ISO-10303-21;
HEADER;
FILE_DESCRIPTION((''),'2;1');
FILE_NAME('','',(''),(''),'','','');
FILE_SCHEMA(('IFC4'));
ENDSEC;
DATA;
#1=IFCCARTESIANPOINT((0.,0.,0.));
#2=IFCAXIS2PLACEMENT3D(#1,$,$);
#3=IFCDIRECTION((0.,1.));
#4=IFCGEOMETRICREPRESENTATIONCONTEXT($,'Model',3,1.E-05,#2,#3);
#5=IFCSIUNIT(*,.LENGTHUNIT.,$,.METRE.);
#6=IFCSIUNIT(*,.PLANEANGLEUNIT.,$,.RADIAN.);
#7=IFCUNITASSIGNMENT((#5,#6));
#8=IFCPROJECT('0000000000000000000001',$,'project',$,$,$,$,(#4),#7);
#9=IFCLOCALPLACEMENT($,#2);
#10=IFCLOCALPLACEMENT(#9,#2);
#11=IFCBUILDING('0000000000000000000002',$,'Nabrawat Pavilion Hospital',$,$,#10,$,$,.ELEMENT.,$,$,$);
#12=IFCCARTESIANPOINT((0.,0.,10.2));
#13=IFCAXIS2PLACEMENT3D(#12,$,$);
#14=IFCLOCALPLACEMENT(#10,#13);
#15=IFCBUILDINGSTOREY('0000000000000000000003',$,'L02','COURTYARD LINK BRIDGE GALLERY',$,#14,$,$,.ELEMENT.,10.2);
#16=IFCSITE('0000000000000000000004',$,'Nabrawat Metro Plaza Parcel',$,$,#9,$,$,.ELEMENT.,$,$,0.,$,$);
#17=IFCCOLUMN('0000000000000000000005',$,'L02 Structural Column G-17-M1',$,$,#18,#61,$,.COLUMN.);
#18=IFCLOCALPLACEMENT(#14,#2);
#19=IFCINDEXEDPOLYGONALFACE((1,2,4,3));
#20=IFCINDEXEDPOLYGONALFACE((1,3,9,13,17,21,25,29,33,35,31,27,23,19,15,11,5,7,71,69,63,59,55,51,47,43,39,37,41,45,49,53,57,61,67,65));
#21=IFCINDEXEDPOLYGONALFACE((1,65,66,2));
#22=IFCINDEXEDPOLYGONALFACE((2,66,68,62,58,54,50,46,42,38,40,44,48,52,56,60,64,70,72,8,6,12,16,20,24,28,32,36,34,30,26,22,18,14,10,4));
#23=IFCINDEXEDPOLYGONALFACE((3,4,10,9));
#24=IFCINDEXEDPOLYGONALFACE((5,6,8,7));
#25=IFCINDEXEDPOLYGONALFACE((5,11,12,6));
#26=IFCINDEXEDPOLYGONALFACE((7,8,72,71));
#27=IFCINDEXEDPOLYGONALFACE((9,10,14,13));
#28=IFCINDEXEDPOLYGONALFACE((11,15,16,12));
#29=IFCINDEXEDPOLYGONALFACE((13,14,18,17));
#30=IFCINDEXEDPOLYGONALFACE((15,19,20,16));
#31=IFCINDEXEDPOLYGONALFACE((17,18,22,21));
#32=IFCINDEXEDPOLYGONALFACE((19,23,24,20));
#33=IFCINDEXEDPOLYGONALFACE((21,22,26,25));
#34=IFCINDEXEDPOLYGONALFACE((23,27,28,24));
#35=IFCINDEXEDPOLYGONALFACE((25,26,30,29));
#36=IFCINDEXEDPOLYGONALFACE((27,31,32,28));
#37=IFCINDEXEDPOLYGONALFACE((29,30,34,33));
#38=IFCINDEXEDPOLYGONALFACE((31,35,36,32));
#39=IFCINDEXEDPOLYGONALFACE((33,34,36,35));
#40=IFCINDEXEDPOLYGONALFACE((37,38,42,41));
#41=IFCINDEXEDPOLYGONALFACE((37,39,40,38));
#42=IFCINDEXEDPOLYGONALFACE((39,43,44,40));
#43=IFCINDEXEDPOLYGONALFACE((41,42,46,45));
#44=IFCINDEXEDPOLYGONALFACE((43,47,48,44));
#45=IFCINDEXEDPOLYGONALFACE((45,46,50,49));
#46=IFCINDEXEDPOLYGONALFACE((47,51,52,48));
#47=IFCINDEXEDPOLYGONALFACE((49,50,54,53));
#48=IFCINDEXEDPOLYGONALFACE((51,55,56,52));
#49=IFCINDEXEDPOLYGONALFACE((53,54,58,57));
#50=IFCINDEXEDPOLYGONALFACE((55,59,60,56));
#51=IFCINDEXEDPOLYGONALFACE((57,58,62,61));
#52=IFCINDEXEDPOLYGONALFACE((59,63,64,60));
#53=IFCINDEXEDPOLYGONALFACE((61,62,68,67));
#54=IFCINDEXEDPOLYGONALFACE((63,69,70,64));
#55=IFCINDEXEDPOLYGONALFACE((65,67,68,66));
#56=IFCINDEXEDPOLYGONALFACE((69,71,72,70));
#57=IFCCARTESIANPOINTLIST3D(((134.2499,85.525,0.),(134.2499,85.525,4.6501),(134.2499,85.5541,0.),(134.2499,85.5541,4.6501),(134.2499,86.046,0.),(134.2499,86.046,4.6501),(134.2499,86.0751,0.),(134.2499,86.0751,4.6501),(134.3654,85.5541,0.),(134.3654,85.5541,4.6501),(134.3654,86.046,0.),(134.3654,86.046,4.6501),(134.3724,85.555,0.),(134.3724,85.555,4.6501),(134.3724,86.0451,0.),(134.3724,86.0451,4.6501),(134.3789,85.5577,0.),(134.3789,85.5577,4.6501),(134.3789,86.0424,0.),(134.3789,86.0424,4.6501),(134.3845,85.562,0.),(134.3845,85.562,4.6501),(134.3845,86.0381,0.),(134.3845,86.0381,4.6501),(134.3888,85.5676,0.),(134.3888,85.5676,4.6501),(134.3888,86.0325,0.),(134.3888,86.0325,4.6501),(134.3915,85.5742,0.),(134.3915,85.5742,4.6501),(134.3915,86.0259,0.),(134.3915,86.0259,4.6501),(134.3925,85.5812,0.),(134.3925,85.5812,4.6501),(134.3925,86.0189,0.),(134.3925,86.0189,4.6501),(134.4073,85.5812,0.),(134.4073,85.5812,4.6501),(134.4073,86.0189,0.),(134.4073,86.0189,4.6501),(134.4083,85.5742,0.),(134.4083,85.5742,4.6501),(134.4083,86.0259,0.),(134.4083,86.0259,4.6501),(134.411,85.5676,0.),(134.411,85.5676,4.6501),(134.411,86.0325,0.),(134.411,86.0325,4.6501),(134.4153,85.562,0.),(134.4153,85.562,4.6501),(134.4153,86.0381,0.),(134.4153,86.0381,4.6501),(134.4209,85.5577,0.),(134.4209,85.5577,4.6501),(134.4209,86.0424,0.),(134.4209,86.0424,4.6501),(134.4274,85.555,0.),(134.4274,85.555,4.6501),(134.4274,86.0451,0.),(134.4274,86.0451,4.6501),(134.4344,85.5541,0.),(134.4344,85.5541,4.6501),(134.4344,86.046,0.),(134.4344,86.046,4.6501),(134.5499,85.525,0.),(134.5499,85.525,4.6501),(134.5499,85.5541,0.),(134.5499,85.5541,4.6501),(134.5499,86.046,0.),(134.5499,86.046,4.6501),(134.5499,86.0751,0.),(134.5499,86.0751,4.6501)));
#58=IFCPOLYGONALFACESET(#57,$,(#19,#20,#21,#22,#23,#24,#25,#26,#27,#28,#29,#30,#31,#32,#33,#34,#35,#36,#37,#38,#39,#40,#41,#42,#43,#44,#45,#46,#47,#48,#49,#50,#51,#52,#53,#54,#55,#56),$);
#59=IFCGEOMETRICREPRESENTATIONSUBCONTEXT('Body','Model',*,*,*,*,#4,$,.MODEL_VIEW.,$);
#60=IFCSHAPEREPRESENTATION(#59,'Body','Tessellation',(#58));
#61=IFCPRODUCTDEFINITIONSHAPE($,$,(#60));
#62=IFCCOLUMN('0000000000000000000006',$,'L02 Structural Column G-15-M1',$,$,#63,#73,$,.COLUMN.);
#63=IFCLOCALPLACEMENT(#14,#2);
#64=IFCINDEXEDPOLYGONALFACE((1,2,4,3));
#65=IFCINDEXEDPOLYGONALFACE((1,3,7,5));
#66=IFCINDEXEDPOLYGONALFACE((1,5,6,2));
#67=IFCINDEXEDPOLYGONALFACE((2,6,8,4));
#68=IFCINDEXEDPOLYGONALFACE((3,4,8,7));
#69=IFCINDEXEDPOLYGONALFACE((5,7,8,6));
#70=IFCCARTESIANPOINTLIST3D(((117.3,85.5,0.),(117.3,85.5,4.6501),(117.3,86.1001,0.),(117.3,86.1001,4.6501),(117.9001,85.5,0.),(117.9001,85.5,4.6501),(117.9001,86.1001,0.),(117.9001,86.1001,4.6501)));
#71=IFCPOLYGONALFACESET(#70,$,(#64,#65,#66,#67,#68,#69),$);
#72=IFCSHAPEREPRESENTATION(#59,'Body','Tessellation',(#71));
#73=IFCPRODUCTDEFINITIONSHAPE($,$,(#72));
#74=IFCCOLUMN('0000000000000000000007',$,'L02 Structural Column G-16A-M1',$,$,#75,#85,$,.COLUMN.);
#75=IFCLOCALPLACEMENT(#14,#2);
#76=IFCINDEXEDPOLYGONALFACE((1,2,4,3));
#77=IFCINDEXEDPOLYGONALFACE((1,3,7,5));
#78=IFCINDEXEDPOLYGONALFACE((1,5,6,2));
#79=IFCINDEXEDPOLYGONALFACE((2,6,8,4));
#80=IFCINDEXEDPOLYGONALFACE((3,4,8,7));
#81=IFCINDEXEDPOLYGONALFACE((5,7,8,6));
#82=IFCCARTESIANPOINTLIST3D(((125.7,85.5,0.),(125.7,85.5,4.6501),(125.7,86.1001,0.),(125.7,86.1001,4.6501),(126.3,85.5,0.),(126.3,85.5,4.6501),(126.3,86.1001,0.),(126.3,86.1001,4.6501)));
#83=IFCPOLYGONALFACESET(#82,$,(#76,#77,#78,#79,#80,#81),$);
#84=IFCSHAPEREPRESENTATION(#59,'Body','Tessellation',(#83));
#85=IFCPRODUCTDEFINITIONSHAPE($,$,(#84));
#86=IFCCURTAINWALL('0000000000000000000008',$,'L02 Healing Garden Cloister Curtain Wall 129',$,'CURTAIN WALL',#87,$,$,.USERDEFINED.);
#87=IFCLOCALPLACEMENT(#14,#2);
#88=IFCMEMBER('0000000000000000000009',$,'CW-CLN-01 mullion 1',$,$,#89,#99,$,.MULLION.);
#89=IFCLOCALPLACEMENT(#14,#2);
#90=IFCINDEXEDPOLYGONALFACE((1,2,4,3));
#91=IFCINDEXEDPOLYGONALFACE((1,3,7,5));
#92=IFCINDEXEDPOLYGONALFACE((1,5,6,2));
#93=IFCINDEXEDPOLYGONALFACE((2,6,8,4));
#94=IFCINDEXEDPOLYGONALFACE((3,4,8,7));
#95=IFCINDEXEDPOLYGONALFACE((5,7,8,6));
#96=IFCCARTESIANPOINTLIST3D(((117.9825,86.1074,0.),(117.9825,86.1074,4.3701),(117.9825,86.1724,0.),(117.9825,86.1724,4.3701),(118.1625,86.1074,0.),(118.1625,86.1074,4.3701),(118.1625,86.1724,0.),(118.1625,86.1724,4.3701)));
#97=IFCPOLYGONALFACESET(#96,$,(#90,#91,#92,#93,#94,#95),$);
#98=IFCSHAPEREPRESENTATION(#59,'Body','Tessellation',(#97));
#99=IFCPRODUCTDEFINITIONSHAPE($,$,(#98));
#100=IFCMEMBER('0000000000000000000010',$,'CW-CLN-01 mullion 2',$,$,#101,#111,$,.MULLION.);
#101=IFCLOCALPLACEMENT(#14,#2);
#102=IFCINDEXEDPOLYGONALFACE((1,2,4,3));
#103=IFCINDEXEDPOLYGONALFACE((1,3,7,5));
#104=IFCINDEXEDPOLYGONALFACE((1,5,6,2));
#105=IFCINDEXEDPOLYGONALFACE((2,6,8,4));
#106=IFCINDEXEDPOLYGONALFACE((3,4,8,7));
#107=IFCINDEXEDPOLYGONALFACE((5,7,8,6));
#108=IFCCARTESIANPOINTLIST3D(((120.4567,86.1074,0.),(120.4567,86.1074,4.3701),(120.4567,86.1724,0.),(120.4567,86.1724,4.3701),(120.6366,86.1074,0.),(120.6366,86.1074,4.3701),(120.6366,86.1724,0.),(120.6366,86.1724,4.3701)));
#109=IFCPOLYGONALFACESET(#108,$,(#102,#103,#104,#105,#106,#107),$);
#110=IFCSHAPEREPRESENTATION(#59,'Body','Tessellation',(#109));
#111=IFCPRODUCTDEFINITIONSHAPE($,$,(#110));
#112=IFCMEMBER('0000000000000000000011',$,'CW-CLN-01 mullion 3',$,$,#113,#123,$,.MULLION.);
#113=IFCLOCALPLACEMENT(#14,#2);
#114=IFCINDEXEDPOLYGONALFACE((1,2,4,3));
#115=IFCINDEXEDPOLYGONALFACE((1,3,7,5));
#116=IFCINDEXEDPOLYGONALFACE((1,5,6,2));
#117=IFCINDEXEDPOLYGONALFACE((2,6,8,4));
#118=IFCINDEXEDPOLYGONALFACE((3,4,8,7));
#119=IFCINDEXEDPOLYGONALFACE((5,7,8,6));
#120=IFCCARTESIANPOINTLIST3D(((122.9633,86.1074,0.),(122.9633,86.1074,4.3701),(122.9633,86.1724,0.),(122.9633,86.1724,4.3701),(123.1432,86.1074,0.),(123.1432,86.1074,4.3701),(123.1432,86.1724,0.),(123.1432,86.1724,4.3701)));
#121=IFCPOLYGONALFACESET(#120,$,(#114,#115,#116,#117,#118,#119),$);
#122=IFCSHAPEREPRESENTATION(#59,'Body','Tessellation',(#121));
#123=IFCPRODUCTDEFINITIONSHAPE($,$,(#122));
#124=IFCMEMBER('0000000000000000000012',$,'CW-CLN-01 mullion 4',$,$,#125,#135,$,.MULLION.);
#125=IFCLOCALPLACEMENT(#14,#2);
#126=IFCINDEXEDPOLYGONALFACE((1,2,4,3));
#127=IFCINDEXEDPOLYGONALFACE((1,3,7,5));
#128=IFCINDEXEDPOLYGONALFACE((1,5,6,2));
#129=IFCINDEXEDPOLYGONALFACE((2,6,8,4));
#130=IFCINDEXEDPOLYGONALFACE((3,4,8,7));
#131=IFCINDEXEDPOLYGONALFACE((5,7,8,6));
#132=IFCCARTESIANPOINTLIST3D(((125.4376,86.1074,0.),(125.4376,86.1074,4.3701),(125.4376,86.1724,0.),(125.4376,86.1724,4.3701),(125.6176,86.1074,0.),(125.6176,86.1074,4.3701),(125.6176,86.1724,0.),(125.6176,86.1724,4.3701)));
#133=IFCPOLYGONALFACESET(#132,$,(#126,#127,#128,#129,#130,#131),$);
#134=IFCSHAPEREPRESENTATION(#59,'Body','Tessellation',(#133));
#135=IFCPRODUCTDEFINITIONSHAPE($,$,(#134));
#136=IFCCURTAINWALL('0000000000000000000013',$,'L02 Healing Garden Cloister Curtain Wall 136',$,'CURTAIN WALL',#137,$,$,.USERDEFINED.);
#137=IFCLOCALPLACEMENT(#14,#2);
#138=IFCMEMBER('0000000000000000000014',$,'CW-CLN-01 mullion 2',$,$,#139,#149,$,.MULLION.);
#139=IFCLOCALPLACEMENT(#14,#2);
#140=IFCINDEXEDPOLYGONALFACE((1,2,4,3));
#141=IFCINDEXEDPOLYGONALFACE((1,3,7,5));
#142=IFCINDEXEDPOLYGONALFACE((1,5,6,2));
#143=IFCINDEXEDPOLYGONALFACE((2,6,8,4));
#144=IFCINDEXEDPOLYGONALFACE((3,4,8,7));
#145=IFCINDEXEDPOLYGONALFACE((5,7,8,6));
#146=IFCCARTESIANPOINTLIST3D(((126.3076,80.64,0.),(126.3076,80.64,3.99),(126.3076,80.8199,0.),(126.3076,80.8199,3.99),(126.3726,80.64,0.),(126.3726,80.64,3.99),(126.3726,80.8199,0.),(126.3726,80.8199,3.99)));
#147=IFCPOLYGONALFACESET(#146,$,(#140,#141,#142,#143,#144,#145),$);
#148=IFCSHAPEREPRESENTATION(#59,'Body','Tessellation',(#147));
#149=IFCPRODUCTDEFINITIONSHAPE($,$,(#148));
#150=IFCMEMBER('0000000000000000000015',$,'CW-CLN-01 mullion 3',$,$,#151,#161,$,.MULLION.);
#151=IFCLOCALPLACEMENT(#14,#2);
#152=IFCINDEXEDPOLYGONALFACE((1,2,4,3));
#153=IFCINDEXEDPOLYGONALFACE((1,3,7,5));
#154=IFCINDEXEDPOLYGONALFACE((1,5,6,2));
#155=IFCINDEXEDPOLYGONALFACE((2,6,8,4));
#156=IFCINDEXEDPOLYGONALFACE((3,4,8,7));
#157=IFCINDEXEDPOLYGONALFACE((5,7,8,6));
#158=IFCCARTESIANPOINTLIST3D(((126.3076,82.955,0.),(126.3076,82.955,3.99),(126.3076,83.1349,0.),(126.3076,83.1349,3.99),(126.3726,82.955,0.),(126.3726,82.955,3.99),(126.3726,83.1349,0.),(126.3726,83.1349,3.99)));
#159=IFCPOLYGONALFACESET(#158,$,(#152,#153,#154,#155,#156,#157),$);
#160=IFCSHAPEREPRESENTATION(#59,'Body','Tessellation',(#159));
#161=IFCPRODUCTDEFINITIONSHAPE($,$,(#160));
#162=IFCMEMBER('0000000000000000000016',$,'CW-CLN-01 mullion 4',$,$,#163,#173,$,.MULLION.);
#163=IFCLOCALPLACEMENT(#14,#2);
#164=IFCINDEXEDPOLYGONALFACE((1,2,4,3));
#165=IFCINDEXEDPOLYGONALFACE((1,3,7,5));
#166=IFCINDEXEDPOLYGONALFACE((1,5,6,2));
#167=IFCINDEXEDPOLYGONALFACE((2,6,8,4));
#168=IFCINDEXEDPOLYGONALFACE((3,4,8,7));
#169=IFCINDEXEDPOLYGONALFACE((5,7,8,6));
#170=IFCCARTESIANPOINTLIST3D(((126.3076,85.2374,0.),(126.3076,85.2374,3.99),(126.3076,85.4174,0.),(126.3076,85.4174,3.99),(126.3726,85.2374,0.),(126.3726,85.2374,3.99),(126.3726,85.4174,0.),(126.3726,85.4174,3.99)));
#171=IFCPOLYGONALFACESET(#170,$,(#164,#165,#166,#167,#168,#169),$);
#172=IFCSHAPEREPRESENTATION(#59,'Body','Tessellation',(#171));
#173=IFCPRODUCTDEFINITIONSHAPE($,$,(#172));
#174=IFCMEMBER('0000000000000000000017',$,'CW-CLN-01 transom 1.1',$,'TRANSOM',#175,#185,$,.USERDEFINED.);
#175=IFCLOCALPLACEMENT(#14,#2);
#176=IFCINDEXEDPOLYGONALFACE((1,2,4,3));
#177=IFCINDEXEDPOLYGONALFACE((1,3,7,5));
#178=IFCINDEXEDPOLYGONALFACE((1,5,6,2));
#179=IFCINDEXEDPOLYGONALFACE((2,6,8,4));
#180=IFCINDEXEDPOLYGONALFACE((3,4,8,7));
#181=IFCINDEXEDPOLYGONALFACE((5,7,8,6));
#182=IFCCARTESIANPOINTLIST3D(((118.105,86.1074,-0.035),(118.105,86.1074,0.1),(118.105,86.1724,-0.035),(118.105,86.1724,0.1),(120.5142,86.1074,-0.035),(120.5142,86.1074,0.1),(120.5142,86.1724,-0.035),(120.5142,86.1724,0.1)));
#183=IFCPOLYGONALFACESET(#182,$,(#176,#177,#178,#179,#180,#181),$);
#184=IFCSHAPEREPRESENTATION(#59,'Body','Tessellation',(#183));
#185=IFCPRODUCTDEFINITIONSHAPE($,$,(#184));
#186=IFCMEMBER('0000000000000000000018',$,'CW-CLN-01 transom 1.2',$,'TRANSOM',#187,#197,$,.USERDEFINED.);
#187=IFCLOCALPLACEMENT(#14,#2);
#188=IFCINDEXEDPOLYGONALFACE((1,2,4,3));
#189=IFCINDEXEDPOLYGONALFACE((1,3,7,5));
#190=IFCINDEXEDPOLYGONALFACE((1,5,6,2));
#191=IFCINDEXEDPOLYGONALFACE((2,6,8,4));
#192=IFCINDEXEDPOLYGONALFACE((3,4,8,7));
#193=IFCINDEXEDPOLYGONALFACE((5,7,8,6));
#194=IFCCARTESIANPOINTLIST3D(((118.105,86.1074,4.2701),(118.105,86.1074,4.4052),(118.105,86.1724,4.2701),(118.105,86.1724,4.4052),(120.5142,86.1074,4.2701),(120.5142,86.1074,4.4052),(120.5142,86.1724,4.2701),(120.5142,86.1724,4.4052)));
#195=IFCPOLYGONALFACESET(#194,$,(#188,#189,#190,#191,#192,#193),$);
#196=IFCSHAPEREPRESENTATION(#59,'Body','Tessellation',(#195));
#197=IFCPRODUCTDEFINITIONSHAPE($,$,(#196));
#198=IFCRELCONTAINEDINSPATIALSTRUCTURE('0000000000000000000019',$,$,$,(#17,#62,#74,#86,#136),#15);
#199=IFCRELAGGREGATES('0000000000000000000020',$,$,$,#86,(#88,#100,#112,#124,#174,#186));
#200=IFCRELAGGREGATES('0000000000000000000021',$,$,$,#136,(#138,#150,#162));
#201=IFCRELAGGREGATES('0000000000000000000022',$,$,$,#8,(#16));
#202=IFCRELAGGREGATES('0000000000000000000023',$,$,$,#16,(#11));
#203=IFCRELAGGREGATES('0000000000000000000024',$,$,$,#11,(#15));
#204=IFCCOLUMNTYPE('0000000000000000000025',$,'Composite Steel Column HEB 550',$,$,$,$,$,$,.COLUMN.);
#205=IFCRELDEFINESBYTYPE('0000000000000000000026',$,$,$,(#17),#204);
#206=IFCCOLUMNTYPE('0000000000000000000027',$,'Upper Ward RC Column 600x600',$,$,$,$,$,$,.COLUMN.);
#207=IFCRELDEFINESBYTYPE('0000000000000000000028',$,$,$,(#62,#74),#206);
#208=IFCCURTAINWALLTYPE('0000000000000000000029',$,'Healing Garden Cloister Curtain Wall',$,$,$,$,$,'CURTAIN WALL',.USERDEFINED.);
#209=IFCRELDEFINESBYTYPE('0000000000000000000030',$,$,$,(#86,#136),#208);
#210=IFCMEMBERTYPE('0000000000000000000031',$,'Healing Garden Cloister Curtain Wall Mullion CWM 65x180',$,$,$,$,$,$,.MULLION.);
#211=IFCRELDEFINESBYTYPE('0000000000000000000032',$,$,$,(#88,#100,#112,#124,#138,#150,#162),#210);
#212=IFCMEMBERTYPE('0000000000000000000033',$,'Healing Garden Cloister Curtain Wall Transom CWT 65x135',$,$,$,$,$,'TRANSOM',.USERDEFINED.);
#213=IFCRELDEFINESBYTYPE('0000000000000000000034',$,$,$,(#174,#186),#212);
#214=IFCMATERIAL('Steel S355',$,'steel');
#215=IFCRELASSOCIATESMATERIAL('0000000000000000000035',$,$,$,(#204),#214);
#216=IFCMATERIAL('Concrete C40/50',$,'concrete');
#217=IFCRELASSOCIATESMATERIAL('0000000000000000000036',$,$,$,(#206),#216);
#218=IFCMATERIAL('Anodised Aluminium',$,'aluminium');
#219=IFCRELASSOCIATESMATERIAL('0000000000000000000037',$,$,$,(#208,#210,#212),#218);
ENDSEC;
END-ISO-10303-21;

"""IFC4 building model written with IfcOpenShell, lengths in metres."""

from ifc_helpers import new_model, si_unit, direction, frame, origin, origin_2d, place, context, subcontext, project, spatial, rectangle, i_section, extrude, material, material_profile, profile_set, type_object, element, aggregate, save


model = new_model("IFC4")

# Units and contexts
model_context = context("Model", 3, precision=1e-05, world=origin(), true_north=direction((0.0, 1.0)))
body_context = subcontext(model_context, "Body", "Model", "MODEL_VIEW")
ifc_project = project(units=[si_unit("LENGTHUNIT", "METRE"), si_unit("PLANEANGLEUNIT", "RADIAN")], contexts=[model_context])

# Site, building, storey
site_placement = place(None, origin())
site = spatial("IfcSite", under=ifc_project, at=site_placement, Name="Nabrawat Metro Plaza Parcel", CompositionType="ELEMENT", RefElevation=0.0)
building_placement = place(site_placement, origin())
building = spatial("IfcBuilding", under=site, at=building_placement, Name="Nabrawat Pavilion Hospital", CompositionType="ELEMENT")
storey_placement = place(building_placement, frame((0.0, 0.0, 10.2)))
storey = spatial("IfcBuildingStorey", under=building, at=storey_placement, Name="L02", Description="COURTYARD LINK BRIDGE GALLERY", CompositionType="ELEMENT", Elevation=10.2)

# Columns
ifc_material_1 = material(Name="Steel S355", Category="steel")
ifc_material_profile_1 = material_profile(ifc_material_1, i_section(OverallWidth=0.3, OverallDepth=0.55, WebThickness=0.0149, FlangeThickness=0.0291, FilletRadius=0.0271, at=origin_2d()), Name="HEB 550")
ifc_profile_set_1 = profile_set([ifc_material_profile_1], Name="Steel S355")
column_type_1 = type_object("IfcColumnType", Name="Composite Steel Column HEB 550", PredefinedType="COLUMN", material=ifc_profile_set_1)
column_placement = place(storey_placement, frame((134.3999, 85.8, 0.0), z_axis=(0.0, 0.0, 1.0), x_axis=(1.0, 0.0, 0.0)))
element("IfcColumn", 1, at=column_placement, inside=storey, type_object=column_type_1, Name="L02 Structural Column G-17-M1", PredefinedType="COLUMN", context=body_context, shape_type="SweptSolid", body=[
    extrude(i_section(OverallWidth=0.3, OverallDepth=0.55, WebThickness=0.0149, FlangeThickness=0.0291, FilletRadius=0.0271, at=origin_2d()), origin(), (0.0, 0.0, 1.0), 4.6501),
])
ifc_material_2 = material(Name="Concrete C40/50", Category="concrete")
ifc_material_profile_2 = material_profile(ifc_material_2, rectangle(XDim=0.6001, YDim=0.6001, at=origin_2d()), Name="RC 600x600")
ifc_profile_set_2 = profile_set([ifc_material_profile_2], Name="Concrete C40/50")
column_type_2 = type_object("IfcColumnType", Name="Upper Ward RC Column 600x600", PredefinedType="COLUMN", material=ifc_profile_set_2)
for number, where, z_axis, x_axis, name in (
    (2, (117.6001, 85.8, 0.0), (0.0, 0.0, 1.0), (1.0, 0.0, 0.0), "L02 Structural Column G-15-M1"),
    (3, (126.0, 85.8, 0.0), (0.0, 0.0, 1.0), (1.0, 0.0, 0.0), "L02 Structural Column G-16A-M1"),
):
    element("IfcColumn", number, at=place(storey_placement, frame(where, z_axis=z_axis, x_axis=x_axis)), inside=storey, type_object=column_type_2, Name=name, PredefinedType="COLUMN", context=body_context, shape_type="SweptSolid", body=[
        extrude(rectangle(XDim=0.6001, YDim=0.6001, at=origin_2d()), origin(), (0.0, 0.0, 1.0), 4.6501),
    ])

# Curtain walls, members
ifc_material_3 = material(Name="Anodised Aluminium", Category="aluminium")
curtain_wall_type = type_object("IfcCurtainWallType", Name="Healing Garden Cloister Curtain Wall", ElementType="CURTAIN WALL", PredefinedType="USERDEFINED", material=ifc_material_3)
curtain_wall_1_placement = place(storey_placement, origin())
curtain_wall_1 = element("IfcCurtainWall", 4, at=curtain_wall_1_placement, inside=storey, type_object=curtain_wall_type, Name="L02 Healing Garden Cloister Curtain Wall 129", ObjectType="CURTAIN WALL", PredefinedType="USERDEFINED")
ifc_material_profile_3 = material_profile(ifc_material_3, rectangle(XDim=0.0649, YDim=0.1799, at=origin_2d()), Name="CWM 65x180")
ifc_profile_set_3 = profile_set([ifc_material_profile_3], Name="Anodised Aluminium")
member_type_1 = type_object("IfcMemberType", Name="Healing Garden Cloister Curtain Wall Mullion CWM 65x180", PredefinedType="MULLION", material=ifc_profile_set_3)
member_1_placement = place(storey_placement, frame((118.0725, 86.1399, 0.0), z_axis=(0.0, 0.0, 1.0), x_axis=(0.0, 1.0, 0.0)))
member_1 = element("IfcMember", 5, at=member_1_placement, type_object=member_type_1, Name="CW-CLN-01 mullion 1", PredefinedType="MULLION", context=body_context, shape_type="SweptSolid", body=[
    extrude(rectangle(XDim=0.0649, YDim=0.1799, at=origin_2d()), origin(), (0.0, 0.0, 1.0), 4.3701),
])
member_2_placement = place(storey_placement, frame((120.5466, 86.1399, 0.0), z_axis=(0.0, 0.0, 1.0), x_axis=(0.0, 1.0, 0.0)))
member_2 = element("IfcMember", 6, at=member_2_placement, type_object=member_type_1, Name="CW-CLN-01 mullion 2", PredefinedType="MULLION", context=body_context, shape_type="SweptSolid", body=[
    extrude(rectangle(XDim=0.0649, YDim=0.1799, at=origin_2d()), origin(), (0.0, 0.0, 1.0), 4.3701),
])
member_3_placement = place(storey_placement, frame((123.0532, 86.1399, 0.0), z_axis=(0.0, 0.0, 1.0), x_axis=(0.0, 1.0, 0.0)))
member_3 = element("IfcMember", 7, at=member_3_placement, type_object=member_type_1, Name="CW-CLN-01 mullion 3", PredefinedType="MULLION", context=body_context, shape_type="SweptSolid", body=[
    extrude(rectangle(XDim=0.0649, YDim=0.1799, at=origin_2d()), origin(), (0.0, 0.0, 1.0), 4.3701),
])
member_4_placement = place(storey_placement, frame((125.5276, 86.1399, 0.0), z_axis=(0.0, 0.0, 1.0), x_axis=(0.0, 1.0, 0.0)))
member_4 = element("IfcMember", 8, at=member_4_placement, type_object=member_type_1, Name="CW-CLN-01 mullion 4", PredefinedType="MULLION", context=body_context, shape_type="SweptSolid", body=[
    extrude(rectangle(XDim=0.0649, YDim=0.1799, at=origin_2d()), origin(), (0.0, 0.0, 1.0), 4.3701),
])
curtain_wall_2_placement = place(storey_placement, origin())
curtain_wall_2 = element("IfcCurtainWall", 9, at=curtain_wall_2_placement, inside=storey, type_object=curtain_wall_type, Name="L02 Healing Garden Cloister Curtain Wall 136", ObjectType="CURTAIN WALL", PredefinedType="USERDEFINED")
member_5_placement = place(storey_placement, frame((126.3401, 80.73, 0.0), z_axis=(0.0, 0.0, 1.0), x_axis=(-1.0, 0.0, 0.0)))
member_5 = element("IfcMember", 10, at=member_5_placement, type_object=member_type_1, Name="CW-CLN-01 mullion 2", PredefinedType="MULLION", context=body_context, shape_type="SweptSolid", body=[
    extrude(rectangle(XDim=0.0649, YDim=0.1799, at=origin_2d()), origin(), (0.0, 0.0, 1.0), 3.99),
])
member_6_placement = place(storey_placement, frame((126.3401, 83.0449, 0.0), z_axis=(0.0, 0.0, 1.0), x_axis=(-1.0, 0.0, 0.0)))
member_6 = element("IfcMember", 11, at=member_6_placement, type_object=member_type_1, Name="CW-CLN-01 mullion 3", PredefinedType="MULLION", context=body_context, shape_type="SweptSolid", body=[
    extrude(rectangle(XDim=0.0649, YDim=0.1799, at=origin_2d()), origin(), (0.0, 0.0, 1.0), 3.99),
])
member_7_placement = place(storey_placement, frame((126.3401, 85.3274, 0.0), z_axis=(0.0, 0.0, 1.0), x_axis=(-1.0, 0.0, 0.0)))
member_7 = element("IfcMember", 12, at=member_7_placement, type_object=member_type_1, Name="CW-CLN-01 mullion 4", PredefinedType="MULLION", context=body_context, shape_type="SweptSolid", body=[
    extrude(rectangle(XDim=0.0649, YDim=0.1799, at=origin_2d()), origin(), (0.0, 0.0, 1.0), 3.99),
])

# Members
ifc_material_profile_4 = material_profile(ifc_material_3, rectangle(XDim=0.0649, YDim=0.135, at=origin_2d()), Name="CWT 65x135")
ifc_profile_set_4 = profile_set([ifc_material_profile_4], Name="Anodised Aluminium")
member_type_2 = type_object("IfcMemberType", Name="Healing Garden Cloister Curtain Wall Transom CWT 65x135", ElementType="TRANSOM", PredefinedType="USERDEFINED", material=ifc_profile_set_4)
member_8_placement = place(storey_placement, frame((118.105, 86.1399, 0.0325), z_axis=(1.0, 0.0, 0.0), x_axis=(0.0, 1.0, 0.0)))
member_8 = element("IfcMember", 13, at=member_8_placement, type_object=member_type_2, Name="CW-CLN-01 transom 1.1", ObjectType="TRANSOM", PredefinedType="USERDEFINED", context=body_context, shape_type="SweptSolid", body=[
    extrude(rectangle(XDim=0.0649, YDim=0.135, at=origin_2d()), origin(), (0.0, 0.0, 1.0), 2.4092),
])
member_9_placement = place(storey_placement, frame((118.105, 86.1399, 4.3376), z_axis=(1.0, 0.0, 0.0), x_axis=(0.0, 1.0, 0.0)))
member_9 = element("IfcMember", 14, at=member_9_placement, type_object=member_type_2, Name="CW-CLN-01 transom 1.2", ObjectType="TRANSOM", PredefinedType="USERDEFINED", context=body_context, shape_type="SweptSolid", body=[
    extrude(rectangle(XDim=0.0649, YDim=0.135, at=origin_2d()), origin(), (0.0, 0.0, 1.0), 2.4092),
])

aggregate(curtain_wall_1, [member_1, member_2, member_3, member_4, member_8, member_9])
aggregate(curtain_wall_2, [member_5, member_6, member_7])

save(model, "model.ifc")
